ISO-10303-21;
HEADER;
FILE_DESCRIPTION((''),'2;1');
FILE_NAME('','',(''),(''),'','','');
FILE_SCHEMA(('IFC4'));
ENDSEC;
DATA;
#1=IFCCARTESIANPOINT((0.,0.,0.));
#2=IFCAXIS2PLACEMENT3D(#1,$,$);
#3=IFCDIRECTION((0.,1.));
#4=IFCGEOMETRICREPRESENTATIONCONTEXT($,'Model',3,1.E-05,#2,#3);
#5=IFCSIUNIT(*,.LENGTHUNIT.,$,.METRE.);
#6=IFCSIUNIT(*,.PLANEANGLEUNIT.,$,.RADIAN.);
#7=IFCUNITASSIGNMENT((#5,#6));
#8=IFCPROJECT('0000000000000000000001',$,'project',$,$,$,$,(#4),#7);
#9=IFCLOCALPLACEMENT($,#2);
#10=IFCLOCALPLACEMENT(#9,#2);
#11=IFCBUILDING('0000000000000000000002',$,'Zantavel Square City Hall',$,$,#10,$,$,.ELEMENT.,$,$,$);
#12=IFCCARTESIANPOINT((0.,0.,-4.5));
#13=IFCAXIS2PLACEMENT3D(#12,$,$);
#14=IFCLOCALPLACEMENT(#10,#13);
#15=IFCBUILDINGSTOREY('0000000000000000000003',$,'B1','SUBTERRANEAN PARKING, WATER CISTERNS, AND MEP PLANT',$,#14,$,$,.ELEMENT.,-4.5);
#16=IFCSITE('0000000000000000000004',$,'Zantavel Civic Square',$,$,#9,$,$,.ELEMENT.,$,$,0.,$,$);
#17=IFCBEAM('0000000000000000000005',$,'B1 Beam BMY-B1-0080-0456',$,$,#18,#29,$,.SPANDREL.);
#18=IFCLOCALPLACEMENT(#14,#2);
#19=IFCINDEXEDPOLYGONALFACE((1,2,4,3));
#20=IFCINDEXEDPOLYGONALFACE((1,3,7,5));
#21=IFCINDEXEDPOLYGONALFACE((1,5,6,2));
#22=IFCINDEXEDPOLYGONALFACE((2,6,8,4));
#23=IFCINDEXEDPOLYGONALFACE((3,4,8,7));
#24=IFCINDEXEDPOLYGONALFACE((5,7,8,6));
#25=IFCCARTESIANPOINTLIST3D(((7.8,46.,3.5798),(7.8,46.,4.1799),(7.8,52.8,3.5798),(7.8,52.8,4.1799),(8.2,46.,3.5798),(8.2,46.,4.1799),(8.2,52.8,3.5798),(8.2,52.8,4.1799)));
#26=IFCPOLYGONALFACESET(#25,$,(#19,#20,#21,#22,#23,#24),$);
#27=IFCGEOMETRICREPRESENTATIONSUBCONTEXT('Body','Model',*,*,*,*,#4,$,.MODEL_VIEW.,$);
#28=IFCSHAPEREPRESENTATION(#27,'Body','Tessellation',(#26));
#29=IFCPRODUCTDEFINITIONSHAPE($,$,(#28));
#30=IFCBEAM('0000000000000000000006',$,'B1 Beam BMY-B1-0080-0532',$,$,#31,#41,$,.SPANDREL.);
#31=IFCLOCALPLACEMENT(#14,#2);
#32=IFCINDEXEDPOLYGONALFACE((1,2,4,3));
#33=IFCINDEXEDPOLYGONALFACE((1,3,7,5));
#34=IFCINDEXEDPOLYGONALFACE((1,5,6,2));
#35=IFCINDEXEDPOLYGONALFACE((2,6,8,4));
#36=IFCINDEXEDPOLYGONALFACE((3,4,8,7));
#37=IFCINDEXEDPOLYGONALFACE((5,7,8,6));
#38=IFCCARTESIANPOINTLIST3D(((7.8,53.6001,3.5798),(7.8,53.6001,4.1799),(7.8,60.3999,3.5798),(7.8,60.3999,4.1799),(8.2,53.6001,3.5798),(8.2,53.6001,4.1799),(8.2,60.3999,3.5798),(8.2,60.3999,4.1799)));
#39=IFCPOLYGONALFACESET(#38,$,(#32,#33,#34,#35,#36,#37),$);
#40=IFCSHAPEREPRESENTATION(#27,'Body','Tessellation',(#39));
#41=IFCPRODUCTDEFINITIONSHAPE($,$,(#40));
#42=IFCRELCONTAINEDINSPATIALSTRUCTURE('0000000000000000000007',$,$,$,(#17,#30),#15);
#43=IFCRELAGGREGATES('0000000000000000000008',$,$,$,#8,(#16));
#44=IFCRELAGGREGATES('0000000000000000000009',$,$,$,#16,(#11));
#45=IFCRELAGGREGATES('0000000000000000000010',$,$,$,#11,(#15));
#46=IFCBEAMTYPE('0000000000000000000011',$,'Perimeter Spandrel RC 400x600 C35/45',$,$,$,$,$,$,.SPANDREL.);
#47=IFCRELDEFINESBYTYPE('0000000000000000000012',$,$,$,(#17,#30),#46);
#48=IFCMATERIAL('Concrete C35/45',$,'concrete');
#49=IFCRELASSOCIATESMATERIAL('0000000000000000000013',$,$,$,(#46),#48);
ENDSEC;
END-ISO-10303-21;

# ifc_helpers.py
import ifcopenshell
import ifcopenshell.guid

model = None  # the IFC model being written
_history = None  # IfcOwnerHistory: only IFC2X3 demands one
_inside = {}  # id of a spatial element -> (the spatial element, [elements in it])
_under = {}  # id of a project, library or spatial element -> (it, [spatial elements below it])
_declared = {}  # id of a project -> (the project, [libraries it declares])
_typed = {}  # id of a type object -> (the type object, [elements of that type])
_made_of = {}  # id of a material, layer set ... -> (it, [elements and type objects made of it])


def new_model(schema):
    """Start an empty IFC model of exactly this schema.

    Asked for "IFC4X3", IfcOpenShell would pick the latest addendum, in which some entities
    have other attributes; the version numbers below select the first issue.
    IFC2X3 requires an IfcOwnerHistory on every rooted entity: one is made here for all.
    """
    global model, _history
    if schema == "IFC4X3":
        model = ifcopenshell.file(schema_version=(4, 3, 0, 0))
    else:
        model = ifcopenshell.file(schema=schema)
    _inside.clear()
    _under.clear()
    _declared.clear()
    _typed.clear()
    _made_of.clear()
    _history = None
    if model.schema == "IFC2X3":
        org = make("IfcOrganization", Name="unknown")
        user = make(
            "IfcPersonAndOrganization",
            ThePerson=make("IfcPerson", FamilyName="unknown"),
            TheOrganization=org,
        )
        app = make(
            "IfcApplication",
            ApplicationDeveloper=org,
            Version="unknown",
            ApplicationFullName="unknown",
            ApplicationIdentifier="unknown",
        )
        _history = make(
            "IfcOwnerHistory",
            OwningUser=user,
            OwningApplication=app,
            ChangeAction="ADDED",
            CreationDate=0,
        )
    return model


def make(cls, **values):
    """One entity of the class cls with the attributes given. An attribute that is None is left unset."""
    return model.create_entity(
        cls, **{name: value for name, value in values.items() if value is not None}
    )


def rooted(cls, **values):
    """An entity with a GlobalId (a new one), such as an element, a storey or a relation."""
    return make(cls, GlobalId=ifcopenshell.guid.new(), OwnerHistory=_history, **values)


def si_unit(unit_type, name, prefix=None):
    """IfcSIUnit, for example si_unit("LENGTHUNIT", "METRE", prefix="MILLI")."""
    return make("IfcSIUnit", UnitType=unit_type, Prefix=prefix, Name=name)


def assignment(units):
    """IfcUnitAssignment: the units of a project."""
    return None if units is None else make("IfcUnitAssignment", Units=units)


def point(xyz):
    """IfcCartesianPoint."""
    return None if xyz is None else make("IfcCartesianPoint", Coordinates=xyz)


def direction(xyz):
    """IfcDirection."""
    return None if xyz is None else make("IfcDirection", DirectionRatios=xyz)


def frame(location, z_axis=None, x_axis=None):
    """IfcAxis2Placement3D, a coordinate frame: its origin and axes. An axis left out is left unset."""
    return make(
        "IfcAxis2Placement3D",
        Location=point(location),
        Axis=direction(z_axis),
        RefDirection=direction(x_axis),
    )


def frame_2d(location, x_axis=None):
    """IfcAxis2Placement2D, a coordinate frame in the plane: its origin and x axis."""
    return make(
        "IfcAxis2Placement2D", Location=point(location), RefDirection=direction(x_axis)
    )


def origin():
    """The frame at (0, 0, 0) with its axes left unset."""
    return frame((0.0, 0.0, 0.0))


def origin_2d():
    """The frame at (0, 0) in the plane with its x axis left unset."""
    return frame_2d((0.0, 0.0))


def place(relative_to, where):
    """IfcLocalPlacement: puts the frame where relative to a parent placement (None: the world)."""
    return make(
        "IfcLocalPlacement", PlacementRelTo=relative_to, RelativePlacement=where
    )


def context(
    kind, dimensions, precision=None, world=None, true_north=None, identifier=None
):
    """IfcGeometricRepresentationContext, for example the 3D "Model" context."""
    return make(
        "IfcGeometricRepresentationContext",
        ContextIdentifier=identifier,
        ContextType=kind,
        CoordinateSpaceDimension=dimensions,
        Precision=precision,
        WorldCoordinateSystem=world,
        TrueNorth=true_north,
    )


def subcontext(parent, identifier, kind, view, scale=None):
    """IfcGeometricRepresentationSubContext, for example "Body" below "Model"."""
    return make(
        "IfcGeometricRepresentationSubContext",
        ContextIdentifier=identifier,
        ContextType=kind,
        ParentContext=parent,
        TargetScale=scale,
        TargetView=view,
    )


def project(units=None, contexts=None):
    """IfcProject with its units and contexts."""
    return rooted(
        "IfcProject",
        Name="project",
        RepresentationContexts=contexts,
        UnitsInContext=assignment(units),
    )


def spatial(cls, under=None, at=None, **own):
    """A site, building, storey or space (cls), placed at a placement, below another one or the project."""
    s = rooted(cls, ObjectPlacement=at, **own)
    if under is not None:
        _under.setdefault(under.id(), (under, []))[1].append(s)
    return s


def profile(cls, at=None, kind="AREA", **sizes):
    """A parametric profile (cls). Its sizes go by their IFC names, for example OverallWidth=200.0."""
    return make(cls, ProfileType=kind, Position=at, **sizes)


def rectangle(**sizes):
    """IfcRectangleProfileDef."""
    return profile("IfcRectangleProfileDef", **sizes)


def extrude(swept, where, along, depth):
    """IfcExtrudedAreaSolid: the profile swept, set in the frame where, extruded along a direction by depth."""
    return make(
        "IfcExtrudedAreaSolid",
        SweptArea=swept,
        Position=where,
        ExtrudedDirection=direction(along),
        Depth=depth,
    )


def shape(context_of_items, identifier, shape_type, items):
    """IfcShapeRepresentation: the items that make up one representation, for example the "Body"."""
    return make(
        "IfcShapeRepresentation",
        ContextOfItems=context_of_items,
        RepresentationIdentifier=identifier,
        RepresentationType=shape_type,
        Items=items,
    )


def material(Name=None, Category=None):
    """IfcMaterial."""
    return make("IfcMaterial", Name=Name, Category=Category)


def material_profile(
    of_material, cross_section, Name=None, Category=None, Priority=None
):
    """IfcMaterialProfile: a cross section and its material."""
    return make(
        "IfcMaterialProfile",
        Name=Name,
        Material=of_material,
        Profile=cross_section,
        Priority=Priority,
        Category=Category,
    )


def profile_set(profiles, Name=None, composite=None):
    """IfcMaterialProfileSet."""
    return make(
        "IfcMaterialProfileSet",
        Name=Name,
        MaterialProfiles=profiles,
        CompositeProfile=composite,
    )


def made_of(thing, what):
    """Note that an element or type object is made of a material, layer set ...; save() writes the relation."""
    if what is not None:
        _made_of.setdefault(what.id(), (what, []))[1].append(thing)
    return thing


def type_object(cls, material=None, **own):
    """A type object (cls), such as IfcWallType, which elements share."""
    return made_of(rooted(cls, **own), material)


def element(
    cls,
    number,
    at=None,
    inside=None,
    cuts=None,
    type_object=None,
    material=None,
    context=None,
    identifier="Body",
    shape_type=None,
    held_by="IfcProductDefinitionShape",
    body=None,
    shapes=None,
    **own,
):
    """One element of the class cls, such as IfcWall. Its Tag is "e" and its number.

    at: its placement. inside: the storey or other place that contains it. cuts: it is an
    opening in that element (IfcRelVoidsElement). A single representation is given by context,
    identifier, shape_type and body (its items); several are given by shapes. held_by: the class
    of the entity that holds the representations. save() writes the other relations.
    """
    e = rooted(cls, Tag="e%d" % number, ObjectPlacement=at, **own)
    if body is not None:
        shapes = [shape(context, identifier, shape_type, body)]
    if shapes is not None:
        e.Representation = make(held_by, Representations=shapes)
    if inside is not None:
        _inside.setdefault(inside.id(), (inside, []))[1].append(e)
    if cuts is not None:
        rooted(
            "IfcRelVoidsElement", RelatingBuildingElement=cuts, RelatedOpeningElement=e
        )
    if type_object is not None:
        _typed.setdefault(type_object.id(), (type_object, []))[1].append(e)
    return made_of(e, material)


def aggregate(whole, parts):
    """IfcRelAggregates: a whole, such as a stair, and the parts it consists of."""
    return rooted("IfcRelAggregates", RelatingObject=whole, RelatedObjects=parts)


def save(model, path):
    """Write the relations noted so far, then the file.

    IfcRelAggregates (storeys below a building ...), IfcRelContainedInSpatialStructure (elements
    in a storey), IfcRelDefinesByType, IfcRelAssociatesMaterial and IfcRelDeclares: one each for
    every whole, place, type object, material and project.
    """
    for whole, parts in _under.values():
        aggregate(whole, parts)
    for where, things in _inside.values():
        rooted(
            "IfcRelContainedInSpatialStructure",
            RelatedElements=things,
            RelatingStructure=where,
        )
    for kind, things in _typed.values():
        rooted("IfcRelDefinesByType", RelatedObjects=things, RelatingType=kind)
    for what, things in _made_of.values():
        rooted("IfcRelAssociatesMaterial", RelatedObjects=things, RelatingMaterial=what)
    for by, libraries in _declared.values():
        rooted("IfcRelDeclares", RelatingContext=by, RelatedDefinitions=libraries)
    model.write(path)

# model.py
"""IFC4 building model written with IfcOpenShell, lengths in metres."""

from ifc_helpers import new_model, si_unit, direction, frame, origin, origin_2d, place, context, subcontext, project, spatial, rectangle, extrude, material, material_profile, profile_set, type_object, element, save


model = new_model("IFC4")

# Units and contexts
model_context = context("Model", 3, precision=1e-05, world=origin(), true_north=direction((0.0, 1.0)))
body_context = subcontext(model_context, "Body", "Model", "MODEL_VIEW")
ifc_project = project(units=[si_unit("LENGTHUNIT", "METRE"), si_unit("PLANEANGLEUNIT", "RADIAN")], contexts=[model_context])

# Site, building, storey
site_placement = place(None, origin())
site = spatial("IfcSite", under=ifc_project, at=site_placement, Name="Zantavel Civic Square", CompositionType="ELEMENT", RefElevation=0.0)
building_placement = place(site_placement, origin())
building = spatial("IfcBuilding", under=site, at=building_placement, Name="Zantavel Square City Hall", CompositionType="ELEMENT")
storey_placement = place(building_placement, frame((0.0, 0.0, -4.5)))
storey = spatial("IfcBuildingStorey", under=building, at=storey_placement, Name="B1", Description="SUBTERRANEAN PARKING, WATER CISTERNS, AND MEP PLANT", CompositionType="ELEMENT", Elevation=-4.5)

# Shared definitions
ifc_material_1 = material(Name="Concrete C35/45", Category="concrete")

# Beams
ifc_material_profile_1 = material_profile(ifc_material_1, rectangle(XDim=0.3999, YDim=0.6001, at=origin_2d()), Name="RC 400x600")
ifc_profile_set_1 = profile_set([ifc_material_profile_1], Name="Concrete C35/45")
beam_type_1 = type_object("IfcBeamType", Name="Perimeter Spandrel RC 400x600 C35/45", PredefinedType="SPANDREL", material=ifc_profile_set_1)
beam_1_placement = place(storey_placement, frame((8.0, 46.0, 3.8799), z_axis=(0.0, 1.0, 0.0), x_axis=(-1.0, 0.0, 0.0)))
element("IfcBeam", 1, at=beam_1_placement, inside=storey, type_object=beam_type_1, Name="B1 Beam BMY-B1-0080-0456", PredefinedType="SPANDREL", context=body_context, shape_type="SweptSolid", body=[
    extrude(rectangle(XDim=0.3999, YDim=0.6001, at=origin_2d()), origin(), (0.0, 0.0, 1.0), 6.8),
])
beam_2_placement = place(storey_placement, frame((8.0, 53.6001, 3.8799), z_axis=(0.0, 1.0, 0.0), x_axis=(-1.0, 0.0, 0.0)))
element("IfcBeam", 2, at=beam_2_placement, inside=storey, type_object=beam_type_1, Name="B1 Beam BMY-B1-0080-0532", PredefinedType="SPANDREL", context=body_context, shape_type="SweptSolid", body=[
    extrude(rectangle(XDim=0.3999, YDim=0.6001, at=origin_2d()), origin(), (0.0, 0.0, 1.0), 6.7998),
])

save(model, "model.ifc")
